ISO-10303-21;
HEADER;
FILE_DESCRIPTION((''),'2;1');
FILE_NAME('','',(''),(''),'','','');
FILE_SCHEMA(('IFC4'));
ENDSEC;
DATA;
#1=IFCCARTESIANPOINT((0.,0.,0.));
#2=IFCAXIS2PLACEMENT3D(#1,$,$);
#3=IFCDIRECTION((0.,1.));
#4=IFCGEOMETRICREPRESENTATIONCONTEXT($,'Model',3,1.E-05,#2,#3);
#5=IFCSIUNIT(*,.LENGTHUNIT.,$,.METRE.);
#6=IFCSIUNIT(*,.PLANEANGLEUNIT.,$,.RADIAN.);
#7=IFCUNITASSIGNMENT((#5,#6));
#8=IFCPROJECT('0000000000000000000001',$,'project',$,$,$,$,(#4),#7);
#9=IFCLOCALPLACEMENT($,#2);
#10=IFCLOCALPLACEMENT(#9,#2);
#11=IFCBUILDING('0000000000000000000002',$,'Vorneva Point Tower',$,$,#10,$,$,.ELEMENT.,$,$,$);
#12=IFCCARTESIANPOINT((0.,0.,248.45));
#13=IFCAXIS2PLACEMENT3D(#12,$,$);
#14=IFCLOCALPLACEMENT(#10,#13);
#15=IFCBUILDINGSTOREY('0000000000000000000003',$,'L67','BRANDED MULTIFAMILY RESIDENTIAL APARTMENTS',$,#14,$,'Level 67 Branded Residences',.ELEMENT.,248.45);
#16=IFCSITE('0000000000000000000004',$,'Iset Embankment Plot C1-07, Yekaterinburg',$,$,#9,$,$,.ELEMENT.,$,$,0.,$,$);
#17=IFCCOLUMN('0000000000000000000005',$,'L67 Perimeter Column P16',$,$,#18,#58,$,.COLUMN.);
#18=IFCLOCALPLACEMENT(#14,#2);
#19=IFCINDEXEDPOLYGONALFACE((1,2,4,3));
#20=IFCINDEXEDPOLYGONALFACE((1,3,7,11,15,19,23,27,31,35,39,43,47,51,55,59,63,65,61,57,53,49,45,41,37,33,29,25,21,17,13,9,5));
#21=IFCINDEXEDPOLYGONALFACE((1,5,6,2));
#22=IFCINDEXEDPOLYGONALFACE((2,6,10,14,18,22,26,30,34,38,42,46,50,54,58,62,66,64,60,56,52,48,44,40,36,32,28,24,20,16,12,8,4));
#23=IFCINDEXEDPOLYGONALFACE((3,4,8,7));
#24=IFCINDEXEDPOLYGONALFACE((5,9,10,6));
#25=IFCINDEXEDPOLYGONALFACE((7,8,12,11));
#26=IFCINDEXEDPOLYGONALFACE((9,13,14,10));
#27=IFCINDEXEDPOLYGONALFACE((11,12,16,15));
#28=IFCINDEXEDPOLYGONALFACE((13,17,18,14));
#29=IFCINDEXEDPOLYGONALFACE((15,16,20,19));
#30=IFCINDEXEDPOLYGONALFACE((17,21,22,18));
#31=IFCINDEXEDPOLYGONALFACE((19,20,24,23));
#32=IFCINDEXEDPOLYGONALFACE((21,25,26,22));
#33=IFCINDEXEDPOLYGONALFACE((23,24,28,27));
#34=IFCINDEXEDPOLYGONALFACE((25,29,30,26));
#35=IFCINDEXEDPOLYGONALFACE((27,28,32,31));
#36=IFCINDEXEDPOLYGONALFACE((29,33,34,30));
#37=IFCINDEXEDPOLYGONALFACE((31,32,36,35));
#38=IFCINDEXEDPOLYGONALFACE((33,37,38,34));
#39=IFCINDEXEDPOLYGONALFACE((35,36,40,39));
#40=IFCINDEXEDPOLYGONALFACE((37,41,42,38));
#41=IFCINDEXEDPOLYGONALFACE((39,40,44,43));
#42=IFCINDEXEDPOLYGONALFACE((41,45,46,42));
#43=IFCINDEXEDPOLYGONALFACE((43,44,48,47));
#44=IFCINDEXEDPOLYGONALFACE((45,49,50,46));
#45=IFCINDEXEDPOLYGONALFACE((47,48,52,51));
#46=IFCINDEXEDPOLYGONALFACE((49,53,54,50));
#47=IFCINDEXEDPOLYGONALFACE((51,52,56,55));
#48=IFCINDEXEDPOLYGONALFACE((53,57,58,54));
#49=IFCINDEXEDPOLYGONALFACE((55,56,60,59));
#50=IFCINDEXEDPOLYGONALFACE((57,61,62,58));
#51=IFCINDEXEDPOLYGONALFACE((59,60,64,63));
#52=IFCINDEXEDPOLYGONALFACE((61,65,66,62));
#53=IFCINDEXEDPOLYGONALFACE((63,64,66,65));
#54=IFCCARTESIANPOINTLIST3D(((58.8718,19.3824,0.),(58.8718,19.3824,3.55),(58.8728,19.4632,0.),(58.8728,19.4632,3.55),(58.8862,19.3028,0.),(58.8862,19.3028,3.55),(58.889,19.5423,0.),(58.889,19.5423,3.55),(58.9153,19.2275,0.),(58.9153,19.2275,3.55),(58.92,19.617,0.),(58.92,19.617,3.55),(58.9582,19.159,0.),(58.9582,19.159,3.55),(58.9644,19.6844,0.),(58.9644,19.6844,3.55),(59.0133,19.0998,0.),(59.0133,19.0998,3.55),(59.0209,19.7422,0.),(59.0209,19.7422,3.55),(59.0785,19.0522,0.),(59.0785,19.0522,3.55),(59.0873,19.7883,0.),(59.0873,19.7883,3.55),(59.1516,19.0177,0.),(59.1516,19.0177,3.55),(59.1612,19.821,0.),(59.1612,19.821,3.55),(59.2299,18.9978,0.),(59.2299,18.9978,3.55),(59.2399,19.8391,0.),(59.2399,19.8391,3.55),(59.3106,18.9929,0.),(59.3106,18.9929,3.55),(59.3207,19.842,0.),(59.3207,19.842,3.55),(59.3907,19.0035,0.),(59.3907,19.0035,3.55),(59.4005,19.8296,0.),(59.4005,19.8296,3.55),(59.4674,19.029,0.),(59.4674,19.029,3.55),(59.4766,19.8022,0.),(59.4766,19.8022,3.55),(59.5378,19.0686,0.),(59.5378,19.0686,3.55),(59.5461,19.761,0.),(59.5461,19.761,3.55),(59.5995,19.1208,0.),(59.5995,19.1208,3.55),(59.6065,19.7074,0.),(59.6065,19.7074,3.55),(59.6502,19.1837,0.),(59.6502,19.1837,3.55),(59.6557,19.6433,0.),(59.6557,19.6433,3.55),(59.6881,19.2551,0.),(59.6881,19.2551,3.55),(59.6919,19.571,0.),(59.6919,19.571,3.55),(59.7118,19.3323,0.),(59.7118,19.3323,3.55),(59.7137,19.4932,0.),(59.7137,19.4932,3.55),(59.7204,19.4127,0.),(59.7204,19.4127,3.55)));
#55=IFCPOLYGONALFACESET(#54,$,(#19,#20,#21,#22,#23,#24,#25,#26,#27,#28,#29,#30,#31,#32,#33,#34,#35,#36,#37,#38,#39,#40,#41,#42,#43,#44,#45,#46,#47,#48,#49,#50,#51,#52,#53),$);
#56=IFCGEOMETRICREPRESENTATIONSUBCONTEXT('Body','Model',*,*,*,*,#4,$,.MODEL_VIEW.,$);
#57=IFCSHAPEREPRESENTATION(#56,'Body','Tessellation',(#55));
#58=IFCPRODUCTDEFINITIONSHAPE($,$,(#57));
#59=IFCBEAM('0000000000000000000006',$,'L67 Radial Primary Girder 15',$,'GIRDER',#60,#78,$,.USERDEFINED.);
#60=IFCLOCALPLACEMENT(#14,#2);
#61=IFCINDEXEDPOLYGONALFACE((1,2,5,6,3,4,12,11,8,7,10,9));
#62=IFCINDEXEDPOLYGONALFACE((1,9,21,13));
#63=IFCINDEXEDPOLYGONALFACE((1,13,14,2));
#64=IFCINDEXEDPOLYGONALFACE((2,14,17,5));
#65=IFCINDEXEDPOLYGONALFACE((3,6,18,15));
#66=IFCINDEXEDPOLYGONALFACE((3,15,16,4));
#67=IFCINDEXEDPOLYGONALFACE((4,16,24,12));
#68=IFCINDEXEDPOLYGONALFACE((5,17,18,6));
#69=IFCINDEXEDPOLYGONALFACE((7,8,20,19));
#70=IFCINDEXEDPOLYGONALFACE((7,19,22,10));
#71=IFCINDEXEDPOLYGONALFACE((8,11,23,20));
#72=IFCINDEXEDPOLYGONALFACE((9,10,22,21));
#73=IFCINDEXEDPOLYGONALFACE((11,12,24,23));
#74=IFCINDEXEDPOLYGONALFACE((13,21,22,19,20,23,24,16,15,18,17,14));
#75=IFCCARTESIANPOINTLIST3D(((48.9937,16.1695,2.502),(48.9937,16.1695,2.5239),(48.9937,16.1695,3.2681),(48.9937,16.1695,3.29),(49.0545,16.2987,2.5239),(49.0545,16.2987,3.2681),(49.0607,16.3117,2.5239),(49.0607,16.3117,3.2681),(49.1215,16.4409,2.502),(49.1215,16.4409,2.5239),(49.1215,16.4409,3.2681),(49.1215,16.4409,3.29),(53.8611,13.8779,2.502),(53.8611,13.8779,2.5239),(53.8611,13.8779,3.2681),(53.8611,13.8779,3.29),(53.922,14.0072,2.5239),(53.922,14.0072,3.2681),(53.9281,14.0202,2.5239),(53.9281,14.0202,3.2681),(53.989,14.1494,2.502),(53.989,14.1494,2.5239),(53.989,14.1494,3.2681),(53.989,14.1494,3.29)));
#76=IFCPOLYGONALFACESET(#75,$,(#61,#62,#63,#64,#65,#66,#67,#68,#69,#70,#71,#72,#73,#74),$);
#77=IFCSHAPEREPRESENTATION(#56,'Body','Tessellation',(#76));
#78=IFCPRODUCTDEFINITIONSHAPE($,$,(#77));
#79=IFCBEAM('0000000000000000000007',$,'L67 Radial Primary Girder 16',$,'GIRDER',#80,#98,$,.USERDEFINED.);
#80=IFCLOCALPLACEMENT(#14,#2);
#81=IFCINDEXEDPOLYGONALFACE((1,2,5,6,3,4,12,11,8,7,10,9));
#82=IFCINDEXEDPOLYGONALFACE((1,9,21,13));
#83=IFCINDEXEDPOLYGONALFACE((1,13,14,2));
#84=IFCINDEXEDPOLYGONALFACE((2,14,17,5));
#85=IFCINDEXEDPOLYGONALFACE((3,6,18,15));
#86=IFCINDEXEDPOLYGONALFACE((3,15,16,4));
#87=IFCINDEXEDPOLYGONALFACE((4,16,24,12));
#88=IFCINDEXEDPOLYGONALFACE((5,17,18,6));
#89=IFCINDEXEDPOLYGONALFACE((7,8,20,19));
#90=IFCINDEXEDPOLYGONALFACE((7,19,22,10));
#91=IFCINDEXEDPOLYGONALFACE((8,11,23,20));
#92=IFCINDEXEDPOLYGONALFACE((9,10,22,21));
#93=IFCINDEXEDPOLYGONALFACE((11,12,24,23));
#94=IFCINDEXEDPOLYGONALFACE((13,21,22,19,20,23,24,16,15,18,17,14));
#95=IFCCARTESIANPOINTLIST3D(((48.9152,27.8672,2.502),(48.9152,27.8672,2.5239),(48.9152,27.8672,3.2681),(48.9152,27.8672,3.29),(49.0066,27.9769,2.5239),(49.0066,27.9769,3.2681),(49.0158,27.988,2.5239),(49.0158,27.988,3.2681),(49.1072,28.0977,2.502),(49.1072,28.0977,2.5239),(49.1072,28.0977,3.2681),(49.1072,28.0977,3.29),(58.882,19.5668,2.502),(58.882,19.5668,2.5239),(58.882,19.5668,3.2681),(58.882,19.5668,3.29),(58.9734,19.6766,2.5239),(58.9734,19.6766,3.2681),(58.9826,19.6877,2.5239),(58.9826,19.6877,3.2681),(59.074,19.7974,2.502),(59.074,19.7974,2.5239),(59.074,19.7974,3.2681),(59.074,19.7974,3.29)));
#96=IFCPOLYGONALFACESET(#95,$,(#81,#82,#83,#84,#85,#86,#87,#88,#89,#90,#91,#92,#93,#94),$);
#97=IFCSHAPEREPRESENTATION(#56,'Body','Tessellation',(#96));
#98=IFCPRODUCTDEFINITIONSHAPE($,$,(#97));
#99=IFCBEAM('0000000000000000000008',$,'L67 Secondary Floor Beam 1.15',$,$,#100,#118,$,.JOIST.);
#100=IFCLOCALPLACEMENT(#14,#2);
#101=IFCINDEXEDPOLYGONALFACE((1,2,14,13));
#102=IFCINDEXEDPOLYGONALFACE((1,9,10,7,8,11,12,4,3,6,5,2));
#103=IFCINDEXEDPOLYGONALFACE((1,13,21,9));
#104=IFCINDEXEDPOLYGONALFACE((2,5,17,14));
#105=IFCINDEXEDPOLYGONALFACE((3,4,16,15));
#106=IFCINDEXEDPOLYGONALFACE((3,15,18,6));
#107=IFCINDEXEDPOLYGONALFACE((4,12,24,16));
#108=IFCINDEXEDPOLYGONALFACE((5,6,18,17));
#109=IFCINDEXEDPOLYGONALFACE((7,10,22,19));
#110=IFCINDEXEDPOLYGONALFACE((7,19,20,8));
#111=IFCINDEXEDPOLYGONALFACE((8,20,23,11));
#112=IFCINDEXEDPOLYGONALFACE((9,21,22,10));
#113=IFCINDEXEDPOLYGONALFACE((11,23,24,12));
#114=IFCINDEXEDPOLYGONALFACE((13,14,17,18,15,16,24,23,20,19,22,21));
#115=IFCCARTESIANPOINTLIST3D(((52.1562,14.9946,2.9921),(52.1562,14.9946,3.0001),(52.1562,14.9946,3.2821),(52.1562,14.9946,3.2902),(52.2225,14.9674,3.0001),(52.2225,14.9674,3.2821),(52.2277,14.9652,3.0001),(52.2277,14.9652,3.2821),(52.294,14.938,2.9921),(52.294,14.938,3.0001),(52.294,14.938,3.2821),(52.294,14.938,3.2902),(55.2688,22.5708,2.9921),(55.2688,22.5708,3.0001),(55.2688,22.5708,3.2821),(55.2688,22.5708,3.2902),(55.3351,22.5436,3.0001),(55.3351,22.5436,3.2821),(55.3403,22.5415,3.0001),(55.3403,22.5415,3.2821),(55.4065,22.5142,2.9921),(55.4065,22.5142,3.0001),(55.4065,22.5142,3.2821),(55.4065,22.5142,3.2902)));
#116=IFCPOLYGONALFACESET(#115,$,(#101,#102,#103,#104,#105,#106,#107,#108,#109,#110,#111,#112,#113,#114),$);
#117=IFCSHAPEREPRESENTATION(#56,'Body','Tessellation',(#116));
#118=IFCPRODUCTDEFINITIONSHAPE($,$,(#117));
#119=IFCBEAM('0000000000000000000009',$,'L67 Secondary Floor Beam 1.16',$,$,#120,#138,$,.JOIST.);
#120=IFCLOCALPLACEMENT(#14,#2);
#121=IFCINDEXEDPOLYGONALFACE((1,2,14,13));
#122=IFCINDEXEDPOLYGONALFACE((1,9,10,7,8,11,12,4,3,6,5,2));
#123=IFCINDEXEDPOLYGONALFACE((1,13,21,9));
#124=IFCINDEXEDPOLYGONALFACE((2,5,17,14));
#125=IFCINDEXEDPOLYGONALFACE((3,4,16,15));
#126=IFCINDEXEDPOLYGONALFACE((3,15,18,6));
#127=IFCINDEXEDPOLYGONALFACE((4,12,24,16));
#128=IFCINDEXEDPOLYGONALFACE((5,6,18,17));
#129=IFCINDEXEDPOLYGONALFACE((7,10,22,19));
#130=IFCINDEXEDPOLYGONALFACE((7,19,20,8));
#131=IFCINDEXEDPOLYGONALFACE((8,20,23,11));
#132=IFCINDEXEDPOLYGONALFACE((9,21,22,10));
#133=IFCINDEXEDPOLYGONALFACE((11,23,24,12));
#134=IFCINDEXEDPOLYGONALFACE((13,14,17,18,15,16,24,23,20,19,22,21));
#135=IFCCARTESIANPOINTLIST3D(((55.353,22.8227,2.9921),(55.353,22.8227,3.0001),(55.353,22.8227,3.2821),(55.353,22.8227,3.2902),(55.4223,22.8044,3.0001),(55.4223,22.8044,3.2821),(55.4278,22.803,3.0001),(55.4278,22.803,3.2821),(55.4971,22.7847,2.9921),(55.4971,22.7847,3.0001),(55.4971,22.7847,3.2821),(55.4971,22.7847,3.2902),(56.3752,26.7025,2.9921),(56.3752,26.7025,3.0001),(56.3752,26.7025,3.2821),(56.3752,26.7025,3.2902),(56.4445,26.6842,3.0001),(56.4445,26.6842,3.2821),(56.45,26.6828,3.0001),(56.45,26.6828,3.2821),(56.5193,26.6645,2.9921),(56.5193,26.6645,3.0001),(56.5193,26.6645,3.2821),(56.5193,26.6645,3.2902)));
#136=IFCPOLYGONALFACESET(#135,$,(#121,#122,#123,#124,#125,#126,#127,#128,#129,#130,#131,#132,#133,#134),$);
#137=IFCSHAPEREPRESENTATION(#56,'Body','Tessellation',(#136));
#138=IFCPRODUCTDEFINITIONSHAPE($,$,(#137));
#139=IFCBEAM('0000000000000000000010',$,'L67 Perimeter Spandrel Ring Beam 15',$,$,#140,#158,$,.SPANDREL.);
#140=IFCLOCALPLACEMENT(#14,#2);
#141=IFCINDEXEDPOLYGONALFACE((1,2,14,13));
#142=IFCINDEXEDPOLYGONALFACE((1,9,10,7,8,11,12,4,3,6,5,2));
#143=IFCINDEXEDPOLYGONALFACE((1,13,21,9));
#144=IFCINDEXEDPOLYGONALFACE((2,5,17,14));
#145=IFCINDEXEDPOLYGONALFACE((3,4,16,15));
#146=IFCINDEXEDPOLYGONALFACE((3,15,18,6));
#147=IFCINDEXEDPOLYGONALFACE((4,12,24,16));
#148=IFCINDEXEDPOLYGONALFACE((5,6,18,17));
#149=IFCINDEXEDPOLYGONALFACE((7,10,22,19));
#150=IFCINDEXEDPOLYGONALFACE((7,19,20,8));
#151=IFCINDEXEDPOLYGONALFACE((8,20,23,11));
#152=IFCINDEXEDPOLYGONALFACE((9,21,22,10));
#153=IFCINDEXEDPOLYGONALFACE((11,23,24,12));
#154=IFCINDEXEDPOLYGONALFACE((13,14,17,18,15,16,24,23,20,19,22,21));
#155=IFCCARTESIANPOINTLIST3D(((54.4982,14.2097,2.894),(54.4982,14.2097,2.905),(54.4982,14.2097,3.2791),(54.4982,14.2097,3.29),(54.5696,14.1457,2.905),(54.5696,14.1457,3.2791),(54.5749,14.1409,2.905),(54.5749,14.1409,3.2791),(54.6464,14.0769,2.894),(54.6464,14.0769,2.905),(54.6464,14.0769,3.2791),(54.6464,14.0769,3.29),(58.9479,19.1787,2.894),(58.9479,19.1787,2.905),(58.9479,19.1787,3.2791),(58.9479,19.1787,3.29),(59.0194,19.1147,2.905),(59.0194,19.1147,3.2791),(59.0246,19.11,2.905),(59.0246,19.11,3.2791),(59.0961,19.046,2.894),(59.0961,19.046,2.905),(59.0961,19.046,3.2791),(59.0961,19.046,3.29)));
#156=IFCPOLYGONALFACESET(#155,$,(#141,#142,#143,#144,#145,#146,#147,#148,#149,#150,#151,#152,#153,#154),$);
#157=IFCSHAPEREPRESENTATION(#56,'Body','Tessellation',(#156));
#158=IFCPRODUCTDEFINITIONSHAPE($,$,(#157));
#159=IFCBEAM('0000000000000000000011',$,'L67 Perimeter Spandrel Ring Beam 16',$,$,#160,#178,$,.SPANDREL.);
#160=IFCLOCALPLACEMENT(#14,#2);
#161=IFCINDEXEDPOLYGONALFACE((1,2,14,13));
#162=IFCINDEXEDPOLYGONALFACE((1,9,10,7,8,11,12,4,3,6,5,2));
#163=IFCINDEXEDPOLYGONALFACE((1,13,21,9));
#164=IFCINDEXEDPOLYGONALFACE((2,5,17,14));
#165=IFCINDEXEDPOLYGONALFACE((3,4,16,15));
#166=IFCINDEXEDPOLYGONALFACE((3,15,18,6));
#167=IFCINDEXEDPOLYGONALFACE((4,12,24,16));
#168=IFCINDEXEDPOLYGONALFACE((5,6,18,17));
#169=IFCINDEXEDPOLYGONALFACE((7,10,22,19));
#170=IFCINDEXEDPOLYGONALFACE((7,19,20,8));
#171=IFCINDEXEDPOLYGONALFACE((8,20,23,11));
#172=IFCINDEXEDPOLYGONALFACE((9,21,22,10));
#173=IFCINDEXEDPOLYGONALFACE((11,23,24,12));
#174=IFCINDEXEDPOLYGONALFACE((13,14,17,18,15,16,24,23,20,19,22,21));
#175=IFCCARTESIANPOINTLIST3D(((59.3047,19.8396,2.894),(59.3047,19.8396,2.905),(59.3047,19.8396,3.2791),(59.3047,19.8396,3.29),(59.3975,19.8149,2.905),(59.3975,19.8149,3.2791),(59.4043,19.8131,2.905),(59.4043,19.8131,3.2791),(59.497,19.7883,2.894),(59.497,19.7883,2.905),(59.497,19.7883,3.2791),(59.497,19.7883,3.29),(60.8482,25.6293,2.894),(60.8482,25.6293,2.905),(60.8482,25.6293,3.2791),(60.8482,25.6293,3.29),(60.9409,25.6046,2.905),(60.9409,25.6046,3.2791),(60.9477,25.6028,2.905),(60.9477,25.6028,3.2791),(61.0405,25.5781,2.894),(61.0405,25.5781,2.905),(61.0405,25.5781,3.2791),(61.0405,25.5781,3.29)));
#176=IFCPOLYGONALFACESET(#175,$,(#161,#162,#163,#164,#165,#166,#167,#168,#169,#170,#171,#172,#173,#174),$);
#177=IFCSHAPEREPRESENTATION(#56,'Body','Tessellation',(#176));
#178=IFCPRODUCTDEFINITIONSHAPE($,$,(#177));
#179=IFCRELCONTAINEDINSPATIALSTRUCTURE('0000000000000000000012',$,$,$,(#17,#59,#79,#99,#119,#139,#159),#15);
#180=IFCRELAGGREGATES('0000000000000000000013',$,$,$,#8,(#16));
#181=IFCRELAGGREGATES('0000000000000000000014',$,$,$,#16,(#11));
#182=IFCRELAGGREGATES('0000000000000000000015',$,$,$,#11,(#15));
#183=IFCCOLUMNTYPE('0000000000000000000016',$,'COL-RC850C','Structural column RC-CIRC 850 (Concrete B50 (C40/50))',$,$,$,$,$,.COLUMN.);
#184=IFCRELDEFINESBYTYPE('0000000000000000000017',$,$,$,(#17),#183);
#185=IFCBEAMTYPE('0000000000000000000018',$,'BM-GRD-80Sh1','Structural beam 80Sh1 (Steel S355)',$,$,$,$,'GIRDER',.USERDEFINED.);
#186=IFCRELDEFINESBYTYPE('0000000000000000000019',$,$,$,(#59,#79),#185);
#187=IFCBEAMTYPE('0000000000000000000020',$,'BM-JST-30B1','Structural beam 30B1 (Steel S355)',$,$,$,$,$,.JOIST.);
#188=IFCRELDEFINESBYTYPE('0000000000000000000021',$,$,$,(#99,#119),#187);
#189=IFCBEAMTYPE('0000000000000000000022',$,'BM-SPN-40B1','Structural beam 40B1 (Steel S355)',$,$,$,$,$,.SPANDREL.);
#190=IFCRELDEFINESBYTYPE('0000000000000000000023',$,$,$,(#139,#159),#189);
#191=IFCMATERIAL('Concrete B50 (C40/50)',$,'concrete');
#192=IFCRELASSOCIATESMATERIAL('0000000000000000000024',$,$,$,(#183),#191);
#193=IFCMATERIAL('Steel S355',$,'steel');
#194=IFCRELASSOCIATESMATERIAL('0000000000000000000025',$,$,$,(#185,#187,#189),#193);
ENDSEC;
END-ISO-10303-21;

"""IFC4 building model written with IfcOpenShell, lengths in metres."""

from ifc_helpers import new_model, si_unit, direction, frame, origin, origin_2d, place, context, subcontext, project, spatial, circle, i_section, extrude, material, material_profile, profile_set, type_object, element, save


model = new_model("IFC4")

# Units and contexts
model_context = context("Model", 3, precision=1e-05, world=origin(), true_north=direction((0.0, 1.0)))
body_context = subcontext(model_context, "Body", "Model", "MODEL_VIEW")
ifc_project = project(units=[si_unit("LENGTHUNIT", "METRE"), si_unit("PLANEANGLEUNIT", "RADIAN")], contexts=[model_context])

# Site, building, storey
site_placement = place(None, origin())
site = spatial("IfcSite", under=ifc_project, at=site_placement, Name="Iset Embankment Plot C1-07, Yekaterinburg", CompositionType="ELEMENT", RefElevation=0.0)
building_placement = place(site_placement, origin())
building = spatial("IfcBuilding", under=site, at=building_placement, Name="Vorneva Point Tower", CompositionType="ELEMENT")
storey_placement = place(building_placement, frame((0.0, 0.0, 248.45)))
storey = spatial("IfcBuildingStorey", under=building, at=storey_placement, Name="L67", Description="BRANDED MULTIFAMILY RESIDENTIAL APARTMENTS", LongName="Level 67 Branded Residences", CompositionType="ELEMENT", Elevation=248.45)

# Column
ifc_material_1 = material(Name="Concrete B50 (C40/50)", Category="concrete")
ifc_material_profile_1 = material_profile(ifc_material_1, circle(Radius=0.425, at=origin_2d()), Name="RC-CIRC 850")
ifc_profile_set_1 = profile_set([ifc_material_profile_1], Name="Concrete B50 (C40/50)")
column_type = type_object("IfcColumnType", Name="COL-RC850C", Description="Structural column RC-CIRC 850 (Concrete B50 (C40/50))", PredefinedType="COLUMN", material=ifc_profile_set_1)
for number, where, z_axis, x_axis, name in (
    (1, (59.2954, 19.4177, 0.0), (0.0, 0.0, 1.0), (0.92388, -0.382683, 0.0), "L67 Perimeter Column P16"),
):
    element("IfcColumn", number, at=place(storey_placement, frame(where, z_axis=z_axis, x_axis=x_axis)), inside=storey, type_object=column_type, Name=name, PredefinedType="COLUMN", context=body_context, shape_type="SweptSolid", body=[
        extrude(circle(Radius=0.425, at=origin_2d()), origin(), (0.0, 0.0, 1.0), 3.55),
    ])

# Beams
ifc_material_2 = material(Name="Steel S355", Category="steel")
ifc_material_profile_2 = material_profile(ifc_material_2, i_section(OverallWidth=0.3, OverallDepth=0.7881, WebThickness=0.0144, FlangeThickness=0.022, at=origin_2d()), Name="80Sh1")
ifc_profile_set_2 = profile_set([ifc_material_profile_2], Name="Steel S355")
beam_type_1 = type_object("IfcBeamType", Name="BM-GRD-80Sh1", Description="Structural beam 80Sh1 (Steel S355)", ElementType="GIRDER", PredefinedType="USERDEFINED", material=ifc_profile_set_2)
beam_1_placement = place(storey_placement, frame((53.925, 14.0137, 2.896), z_axis=(-0.904751, 0.425941, 0.0), x_axis=(-0.425941, -0.904751, 0.0)))
element("IfcBeam", 2, at=beam_1_placement, inside=storey, type_object=beam_type_1, Name="L67 Radial Primary Girder 15", ObjectType="GIRDER", PredefinedType="USERDEFINED", context=body_context, shape_type="SweptSolid", body=[
    extrude(i_section(OverallWidth=0.3, OverallDepth=0.7881, WebThickness=0.0144, FlangeThickness=0.022, at=origin_2d()), origin(), (0.0, 0.0, 1.0), 5.3799),
])
beam_2_placement = place(storey_placement, frame((58.978, 19.6821, 2.896), z_axis=(-0.768425, 0.63994, 0.0), x_axis=(-0.63994, -0.768425, 0.0)))
element("IfcBeam", 3, at=beam_2_placement, inside=storey, type_object=beam_type_1, Name="L67 Radial Primary Girder 16", ObjectType="GIRDER", PredefinedType="USERDEFINED", context=body_context, shape_type="SweptSolid", body=[
    extrude(i_section(OverallWidth=0.3, OverallDepth=0.7881, WebThickness=0.0144, FlangeThickness=0.022, at=origin_2d()), origin(), (0.0, 0.0, 1.0), 12.9705),
])
ifc_material_profile_3 = material_profile(ifc_material_2, i_section(OverallWidth=0.1489, OverallDepth=0.2981, WebThickness=0.0056, FlangeThickness=0.0081, at=origin_2d()), Name="30B1")
ifc_profile_set_3 = profile_set([ifc_material_profile_3], Name="Steel S355")
beam_type_2 = type_object("IfcBeamType", Name="BM-JST-30B1", Description="Structural beam 30B1 (Steel S355)", PredefinedType="JOIST", material=ifc_profile_set_3)
beam_3_placement = place(storey_placement, frame((52.2251, 14.9663, 3.1411), z_axis=(0.380014, 0.924981, 0.0), x_axis=(-0.924981, 0.380014, 0.0)))
element("IfcBeam", 4, at=beam_3_placement, inside=storey, type_object=beam_type_2, Name="L67 Secondary Floor Beam 1.15", PredefinedType="JOIST", context=body_context, shape_type="SweptSolid", body=[
    extrude(i_section(OverallWidth=0.1489, OverallDepth=0.2981, WebThickness=0.0056, FlangeThickness=0.0081, at=origin_2d()), origin(), (0.0, 0.0, 1.0), 8.1907),
])
beam_4_placement = place(storey_placement, frame((55.425, 22.8037, 3.1411), z_axis=(0.254772, 0.967001, 0.0), x_axis=(-0.967001, 0.254772, 0.0)))
element("IfcBeam", 5, at=beam_4_placement, inside=storey, type_object=beam_type_2, Name="L67 Secondary Floor Beam 1.16", PredefinedType="JOIST", context=body_context, shape_type="SweptSolid", body=[
    extrude(i_section(OverallWidth=0.1489, OverallDepth=0.2981, WebThickness=0.0056, FlangeThickness=0.0081, at=origin_2d()), origin(), (0.0, 0.0, 1.0), 4.0122),
])
ifc_material_profile_4 = material_profile(ifc_material_2, i_section(OverallWidth=0.199, OverallDepth=0.396, WebThickness=0.0071, FlangeThickness=0.011, at=origin_2d()), Name="40B1")
ifc_profile_set_4 = profile_set([ifc_material_profile_4], Name="Steel S355")
beam_type_3 = type_object("IfcBeamType", Name="BM-SPN-40B1", Description="Structural beam 40B1 (Steel S355)", PredefinedType="SPANDREL", material=ifc_profile_set_4)
beam_5_placement = place(storey_placement, frame((54.5723, 14.1433, 3.092), z_axis=(0.667108, 0.744961, 0.0), x_axis=(-0.744961, 0.667108, 0.0)))
element("IfcBeam", 6, at=beam_5_placement, inside=storey, type_object=beam_type_3, Name="L67 Perimeter Spandrel Ring Beam 15", PredefinedType="SPANDREL", context=body_context, shape_type="SweptSolid", body=[
    extrude(i_section(OverallWidth=0.199, OverallDepth=0.396, WebThickness=0.0071, FlangeThickness=0.011, at=origin_2d()), origin(), (0.0, 0.0, 1.0), 6.6702),
])
beam_6_placement = place(storey_placement, frame((59.4009, 19.814, 3.092), z_axis=(0.257587, 0.966255, 0.0), x_axis=(-0.966255, 0.257587, 0.0)))
element("IfcBeam", 7, at=beam_6_placement, inside=storey, type_object=beam_type_3, Name="L67 Perimeter Spandrel Ring Beam 16", PredefinedType="SPANDREL", context=body_context, shape_type="SweptSolid", body=[
    extrude(i_section(OverallWidth=0.199, OverallDepth=0.396, WebThickness=0.0071, FlangeThickness=0.011, at=origin_2d()), origin(), (0.0, 0.0, 1.0), 5.9919),
])

save(model, "model.ifc")
